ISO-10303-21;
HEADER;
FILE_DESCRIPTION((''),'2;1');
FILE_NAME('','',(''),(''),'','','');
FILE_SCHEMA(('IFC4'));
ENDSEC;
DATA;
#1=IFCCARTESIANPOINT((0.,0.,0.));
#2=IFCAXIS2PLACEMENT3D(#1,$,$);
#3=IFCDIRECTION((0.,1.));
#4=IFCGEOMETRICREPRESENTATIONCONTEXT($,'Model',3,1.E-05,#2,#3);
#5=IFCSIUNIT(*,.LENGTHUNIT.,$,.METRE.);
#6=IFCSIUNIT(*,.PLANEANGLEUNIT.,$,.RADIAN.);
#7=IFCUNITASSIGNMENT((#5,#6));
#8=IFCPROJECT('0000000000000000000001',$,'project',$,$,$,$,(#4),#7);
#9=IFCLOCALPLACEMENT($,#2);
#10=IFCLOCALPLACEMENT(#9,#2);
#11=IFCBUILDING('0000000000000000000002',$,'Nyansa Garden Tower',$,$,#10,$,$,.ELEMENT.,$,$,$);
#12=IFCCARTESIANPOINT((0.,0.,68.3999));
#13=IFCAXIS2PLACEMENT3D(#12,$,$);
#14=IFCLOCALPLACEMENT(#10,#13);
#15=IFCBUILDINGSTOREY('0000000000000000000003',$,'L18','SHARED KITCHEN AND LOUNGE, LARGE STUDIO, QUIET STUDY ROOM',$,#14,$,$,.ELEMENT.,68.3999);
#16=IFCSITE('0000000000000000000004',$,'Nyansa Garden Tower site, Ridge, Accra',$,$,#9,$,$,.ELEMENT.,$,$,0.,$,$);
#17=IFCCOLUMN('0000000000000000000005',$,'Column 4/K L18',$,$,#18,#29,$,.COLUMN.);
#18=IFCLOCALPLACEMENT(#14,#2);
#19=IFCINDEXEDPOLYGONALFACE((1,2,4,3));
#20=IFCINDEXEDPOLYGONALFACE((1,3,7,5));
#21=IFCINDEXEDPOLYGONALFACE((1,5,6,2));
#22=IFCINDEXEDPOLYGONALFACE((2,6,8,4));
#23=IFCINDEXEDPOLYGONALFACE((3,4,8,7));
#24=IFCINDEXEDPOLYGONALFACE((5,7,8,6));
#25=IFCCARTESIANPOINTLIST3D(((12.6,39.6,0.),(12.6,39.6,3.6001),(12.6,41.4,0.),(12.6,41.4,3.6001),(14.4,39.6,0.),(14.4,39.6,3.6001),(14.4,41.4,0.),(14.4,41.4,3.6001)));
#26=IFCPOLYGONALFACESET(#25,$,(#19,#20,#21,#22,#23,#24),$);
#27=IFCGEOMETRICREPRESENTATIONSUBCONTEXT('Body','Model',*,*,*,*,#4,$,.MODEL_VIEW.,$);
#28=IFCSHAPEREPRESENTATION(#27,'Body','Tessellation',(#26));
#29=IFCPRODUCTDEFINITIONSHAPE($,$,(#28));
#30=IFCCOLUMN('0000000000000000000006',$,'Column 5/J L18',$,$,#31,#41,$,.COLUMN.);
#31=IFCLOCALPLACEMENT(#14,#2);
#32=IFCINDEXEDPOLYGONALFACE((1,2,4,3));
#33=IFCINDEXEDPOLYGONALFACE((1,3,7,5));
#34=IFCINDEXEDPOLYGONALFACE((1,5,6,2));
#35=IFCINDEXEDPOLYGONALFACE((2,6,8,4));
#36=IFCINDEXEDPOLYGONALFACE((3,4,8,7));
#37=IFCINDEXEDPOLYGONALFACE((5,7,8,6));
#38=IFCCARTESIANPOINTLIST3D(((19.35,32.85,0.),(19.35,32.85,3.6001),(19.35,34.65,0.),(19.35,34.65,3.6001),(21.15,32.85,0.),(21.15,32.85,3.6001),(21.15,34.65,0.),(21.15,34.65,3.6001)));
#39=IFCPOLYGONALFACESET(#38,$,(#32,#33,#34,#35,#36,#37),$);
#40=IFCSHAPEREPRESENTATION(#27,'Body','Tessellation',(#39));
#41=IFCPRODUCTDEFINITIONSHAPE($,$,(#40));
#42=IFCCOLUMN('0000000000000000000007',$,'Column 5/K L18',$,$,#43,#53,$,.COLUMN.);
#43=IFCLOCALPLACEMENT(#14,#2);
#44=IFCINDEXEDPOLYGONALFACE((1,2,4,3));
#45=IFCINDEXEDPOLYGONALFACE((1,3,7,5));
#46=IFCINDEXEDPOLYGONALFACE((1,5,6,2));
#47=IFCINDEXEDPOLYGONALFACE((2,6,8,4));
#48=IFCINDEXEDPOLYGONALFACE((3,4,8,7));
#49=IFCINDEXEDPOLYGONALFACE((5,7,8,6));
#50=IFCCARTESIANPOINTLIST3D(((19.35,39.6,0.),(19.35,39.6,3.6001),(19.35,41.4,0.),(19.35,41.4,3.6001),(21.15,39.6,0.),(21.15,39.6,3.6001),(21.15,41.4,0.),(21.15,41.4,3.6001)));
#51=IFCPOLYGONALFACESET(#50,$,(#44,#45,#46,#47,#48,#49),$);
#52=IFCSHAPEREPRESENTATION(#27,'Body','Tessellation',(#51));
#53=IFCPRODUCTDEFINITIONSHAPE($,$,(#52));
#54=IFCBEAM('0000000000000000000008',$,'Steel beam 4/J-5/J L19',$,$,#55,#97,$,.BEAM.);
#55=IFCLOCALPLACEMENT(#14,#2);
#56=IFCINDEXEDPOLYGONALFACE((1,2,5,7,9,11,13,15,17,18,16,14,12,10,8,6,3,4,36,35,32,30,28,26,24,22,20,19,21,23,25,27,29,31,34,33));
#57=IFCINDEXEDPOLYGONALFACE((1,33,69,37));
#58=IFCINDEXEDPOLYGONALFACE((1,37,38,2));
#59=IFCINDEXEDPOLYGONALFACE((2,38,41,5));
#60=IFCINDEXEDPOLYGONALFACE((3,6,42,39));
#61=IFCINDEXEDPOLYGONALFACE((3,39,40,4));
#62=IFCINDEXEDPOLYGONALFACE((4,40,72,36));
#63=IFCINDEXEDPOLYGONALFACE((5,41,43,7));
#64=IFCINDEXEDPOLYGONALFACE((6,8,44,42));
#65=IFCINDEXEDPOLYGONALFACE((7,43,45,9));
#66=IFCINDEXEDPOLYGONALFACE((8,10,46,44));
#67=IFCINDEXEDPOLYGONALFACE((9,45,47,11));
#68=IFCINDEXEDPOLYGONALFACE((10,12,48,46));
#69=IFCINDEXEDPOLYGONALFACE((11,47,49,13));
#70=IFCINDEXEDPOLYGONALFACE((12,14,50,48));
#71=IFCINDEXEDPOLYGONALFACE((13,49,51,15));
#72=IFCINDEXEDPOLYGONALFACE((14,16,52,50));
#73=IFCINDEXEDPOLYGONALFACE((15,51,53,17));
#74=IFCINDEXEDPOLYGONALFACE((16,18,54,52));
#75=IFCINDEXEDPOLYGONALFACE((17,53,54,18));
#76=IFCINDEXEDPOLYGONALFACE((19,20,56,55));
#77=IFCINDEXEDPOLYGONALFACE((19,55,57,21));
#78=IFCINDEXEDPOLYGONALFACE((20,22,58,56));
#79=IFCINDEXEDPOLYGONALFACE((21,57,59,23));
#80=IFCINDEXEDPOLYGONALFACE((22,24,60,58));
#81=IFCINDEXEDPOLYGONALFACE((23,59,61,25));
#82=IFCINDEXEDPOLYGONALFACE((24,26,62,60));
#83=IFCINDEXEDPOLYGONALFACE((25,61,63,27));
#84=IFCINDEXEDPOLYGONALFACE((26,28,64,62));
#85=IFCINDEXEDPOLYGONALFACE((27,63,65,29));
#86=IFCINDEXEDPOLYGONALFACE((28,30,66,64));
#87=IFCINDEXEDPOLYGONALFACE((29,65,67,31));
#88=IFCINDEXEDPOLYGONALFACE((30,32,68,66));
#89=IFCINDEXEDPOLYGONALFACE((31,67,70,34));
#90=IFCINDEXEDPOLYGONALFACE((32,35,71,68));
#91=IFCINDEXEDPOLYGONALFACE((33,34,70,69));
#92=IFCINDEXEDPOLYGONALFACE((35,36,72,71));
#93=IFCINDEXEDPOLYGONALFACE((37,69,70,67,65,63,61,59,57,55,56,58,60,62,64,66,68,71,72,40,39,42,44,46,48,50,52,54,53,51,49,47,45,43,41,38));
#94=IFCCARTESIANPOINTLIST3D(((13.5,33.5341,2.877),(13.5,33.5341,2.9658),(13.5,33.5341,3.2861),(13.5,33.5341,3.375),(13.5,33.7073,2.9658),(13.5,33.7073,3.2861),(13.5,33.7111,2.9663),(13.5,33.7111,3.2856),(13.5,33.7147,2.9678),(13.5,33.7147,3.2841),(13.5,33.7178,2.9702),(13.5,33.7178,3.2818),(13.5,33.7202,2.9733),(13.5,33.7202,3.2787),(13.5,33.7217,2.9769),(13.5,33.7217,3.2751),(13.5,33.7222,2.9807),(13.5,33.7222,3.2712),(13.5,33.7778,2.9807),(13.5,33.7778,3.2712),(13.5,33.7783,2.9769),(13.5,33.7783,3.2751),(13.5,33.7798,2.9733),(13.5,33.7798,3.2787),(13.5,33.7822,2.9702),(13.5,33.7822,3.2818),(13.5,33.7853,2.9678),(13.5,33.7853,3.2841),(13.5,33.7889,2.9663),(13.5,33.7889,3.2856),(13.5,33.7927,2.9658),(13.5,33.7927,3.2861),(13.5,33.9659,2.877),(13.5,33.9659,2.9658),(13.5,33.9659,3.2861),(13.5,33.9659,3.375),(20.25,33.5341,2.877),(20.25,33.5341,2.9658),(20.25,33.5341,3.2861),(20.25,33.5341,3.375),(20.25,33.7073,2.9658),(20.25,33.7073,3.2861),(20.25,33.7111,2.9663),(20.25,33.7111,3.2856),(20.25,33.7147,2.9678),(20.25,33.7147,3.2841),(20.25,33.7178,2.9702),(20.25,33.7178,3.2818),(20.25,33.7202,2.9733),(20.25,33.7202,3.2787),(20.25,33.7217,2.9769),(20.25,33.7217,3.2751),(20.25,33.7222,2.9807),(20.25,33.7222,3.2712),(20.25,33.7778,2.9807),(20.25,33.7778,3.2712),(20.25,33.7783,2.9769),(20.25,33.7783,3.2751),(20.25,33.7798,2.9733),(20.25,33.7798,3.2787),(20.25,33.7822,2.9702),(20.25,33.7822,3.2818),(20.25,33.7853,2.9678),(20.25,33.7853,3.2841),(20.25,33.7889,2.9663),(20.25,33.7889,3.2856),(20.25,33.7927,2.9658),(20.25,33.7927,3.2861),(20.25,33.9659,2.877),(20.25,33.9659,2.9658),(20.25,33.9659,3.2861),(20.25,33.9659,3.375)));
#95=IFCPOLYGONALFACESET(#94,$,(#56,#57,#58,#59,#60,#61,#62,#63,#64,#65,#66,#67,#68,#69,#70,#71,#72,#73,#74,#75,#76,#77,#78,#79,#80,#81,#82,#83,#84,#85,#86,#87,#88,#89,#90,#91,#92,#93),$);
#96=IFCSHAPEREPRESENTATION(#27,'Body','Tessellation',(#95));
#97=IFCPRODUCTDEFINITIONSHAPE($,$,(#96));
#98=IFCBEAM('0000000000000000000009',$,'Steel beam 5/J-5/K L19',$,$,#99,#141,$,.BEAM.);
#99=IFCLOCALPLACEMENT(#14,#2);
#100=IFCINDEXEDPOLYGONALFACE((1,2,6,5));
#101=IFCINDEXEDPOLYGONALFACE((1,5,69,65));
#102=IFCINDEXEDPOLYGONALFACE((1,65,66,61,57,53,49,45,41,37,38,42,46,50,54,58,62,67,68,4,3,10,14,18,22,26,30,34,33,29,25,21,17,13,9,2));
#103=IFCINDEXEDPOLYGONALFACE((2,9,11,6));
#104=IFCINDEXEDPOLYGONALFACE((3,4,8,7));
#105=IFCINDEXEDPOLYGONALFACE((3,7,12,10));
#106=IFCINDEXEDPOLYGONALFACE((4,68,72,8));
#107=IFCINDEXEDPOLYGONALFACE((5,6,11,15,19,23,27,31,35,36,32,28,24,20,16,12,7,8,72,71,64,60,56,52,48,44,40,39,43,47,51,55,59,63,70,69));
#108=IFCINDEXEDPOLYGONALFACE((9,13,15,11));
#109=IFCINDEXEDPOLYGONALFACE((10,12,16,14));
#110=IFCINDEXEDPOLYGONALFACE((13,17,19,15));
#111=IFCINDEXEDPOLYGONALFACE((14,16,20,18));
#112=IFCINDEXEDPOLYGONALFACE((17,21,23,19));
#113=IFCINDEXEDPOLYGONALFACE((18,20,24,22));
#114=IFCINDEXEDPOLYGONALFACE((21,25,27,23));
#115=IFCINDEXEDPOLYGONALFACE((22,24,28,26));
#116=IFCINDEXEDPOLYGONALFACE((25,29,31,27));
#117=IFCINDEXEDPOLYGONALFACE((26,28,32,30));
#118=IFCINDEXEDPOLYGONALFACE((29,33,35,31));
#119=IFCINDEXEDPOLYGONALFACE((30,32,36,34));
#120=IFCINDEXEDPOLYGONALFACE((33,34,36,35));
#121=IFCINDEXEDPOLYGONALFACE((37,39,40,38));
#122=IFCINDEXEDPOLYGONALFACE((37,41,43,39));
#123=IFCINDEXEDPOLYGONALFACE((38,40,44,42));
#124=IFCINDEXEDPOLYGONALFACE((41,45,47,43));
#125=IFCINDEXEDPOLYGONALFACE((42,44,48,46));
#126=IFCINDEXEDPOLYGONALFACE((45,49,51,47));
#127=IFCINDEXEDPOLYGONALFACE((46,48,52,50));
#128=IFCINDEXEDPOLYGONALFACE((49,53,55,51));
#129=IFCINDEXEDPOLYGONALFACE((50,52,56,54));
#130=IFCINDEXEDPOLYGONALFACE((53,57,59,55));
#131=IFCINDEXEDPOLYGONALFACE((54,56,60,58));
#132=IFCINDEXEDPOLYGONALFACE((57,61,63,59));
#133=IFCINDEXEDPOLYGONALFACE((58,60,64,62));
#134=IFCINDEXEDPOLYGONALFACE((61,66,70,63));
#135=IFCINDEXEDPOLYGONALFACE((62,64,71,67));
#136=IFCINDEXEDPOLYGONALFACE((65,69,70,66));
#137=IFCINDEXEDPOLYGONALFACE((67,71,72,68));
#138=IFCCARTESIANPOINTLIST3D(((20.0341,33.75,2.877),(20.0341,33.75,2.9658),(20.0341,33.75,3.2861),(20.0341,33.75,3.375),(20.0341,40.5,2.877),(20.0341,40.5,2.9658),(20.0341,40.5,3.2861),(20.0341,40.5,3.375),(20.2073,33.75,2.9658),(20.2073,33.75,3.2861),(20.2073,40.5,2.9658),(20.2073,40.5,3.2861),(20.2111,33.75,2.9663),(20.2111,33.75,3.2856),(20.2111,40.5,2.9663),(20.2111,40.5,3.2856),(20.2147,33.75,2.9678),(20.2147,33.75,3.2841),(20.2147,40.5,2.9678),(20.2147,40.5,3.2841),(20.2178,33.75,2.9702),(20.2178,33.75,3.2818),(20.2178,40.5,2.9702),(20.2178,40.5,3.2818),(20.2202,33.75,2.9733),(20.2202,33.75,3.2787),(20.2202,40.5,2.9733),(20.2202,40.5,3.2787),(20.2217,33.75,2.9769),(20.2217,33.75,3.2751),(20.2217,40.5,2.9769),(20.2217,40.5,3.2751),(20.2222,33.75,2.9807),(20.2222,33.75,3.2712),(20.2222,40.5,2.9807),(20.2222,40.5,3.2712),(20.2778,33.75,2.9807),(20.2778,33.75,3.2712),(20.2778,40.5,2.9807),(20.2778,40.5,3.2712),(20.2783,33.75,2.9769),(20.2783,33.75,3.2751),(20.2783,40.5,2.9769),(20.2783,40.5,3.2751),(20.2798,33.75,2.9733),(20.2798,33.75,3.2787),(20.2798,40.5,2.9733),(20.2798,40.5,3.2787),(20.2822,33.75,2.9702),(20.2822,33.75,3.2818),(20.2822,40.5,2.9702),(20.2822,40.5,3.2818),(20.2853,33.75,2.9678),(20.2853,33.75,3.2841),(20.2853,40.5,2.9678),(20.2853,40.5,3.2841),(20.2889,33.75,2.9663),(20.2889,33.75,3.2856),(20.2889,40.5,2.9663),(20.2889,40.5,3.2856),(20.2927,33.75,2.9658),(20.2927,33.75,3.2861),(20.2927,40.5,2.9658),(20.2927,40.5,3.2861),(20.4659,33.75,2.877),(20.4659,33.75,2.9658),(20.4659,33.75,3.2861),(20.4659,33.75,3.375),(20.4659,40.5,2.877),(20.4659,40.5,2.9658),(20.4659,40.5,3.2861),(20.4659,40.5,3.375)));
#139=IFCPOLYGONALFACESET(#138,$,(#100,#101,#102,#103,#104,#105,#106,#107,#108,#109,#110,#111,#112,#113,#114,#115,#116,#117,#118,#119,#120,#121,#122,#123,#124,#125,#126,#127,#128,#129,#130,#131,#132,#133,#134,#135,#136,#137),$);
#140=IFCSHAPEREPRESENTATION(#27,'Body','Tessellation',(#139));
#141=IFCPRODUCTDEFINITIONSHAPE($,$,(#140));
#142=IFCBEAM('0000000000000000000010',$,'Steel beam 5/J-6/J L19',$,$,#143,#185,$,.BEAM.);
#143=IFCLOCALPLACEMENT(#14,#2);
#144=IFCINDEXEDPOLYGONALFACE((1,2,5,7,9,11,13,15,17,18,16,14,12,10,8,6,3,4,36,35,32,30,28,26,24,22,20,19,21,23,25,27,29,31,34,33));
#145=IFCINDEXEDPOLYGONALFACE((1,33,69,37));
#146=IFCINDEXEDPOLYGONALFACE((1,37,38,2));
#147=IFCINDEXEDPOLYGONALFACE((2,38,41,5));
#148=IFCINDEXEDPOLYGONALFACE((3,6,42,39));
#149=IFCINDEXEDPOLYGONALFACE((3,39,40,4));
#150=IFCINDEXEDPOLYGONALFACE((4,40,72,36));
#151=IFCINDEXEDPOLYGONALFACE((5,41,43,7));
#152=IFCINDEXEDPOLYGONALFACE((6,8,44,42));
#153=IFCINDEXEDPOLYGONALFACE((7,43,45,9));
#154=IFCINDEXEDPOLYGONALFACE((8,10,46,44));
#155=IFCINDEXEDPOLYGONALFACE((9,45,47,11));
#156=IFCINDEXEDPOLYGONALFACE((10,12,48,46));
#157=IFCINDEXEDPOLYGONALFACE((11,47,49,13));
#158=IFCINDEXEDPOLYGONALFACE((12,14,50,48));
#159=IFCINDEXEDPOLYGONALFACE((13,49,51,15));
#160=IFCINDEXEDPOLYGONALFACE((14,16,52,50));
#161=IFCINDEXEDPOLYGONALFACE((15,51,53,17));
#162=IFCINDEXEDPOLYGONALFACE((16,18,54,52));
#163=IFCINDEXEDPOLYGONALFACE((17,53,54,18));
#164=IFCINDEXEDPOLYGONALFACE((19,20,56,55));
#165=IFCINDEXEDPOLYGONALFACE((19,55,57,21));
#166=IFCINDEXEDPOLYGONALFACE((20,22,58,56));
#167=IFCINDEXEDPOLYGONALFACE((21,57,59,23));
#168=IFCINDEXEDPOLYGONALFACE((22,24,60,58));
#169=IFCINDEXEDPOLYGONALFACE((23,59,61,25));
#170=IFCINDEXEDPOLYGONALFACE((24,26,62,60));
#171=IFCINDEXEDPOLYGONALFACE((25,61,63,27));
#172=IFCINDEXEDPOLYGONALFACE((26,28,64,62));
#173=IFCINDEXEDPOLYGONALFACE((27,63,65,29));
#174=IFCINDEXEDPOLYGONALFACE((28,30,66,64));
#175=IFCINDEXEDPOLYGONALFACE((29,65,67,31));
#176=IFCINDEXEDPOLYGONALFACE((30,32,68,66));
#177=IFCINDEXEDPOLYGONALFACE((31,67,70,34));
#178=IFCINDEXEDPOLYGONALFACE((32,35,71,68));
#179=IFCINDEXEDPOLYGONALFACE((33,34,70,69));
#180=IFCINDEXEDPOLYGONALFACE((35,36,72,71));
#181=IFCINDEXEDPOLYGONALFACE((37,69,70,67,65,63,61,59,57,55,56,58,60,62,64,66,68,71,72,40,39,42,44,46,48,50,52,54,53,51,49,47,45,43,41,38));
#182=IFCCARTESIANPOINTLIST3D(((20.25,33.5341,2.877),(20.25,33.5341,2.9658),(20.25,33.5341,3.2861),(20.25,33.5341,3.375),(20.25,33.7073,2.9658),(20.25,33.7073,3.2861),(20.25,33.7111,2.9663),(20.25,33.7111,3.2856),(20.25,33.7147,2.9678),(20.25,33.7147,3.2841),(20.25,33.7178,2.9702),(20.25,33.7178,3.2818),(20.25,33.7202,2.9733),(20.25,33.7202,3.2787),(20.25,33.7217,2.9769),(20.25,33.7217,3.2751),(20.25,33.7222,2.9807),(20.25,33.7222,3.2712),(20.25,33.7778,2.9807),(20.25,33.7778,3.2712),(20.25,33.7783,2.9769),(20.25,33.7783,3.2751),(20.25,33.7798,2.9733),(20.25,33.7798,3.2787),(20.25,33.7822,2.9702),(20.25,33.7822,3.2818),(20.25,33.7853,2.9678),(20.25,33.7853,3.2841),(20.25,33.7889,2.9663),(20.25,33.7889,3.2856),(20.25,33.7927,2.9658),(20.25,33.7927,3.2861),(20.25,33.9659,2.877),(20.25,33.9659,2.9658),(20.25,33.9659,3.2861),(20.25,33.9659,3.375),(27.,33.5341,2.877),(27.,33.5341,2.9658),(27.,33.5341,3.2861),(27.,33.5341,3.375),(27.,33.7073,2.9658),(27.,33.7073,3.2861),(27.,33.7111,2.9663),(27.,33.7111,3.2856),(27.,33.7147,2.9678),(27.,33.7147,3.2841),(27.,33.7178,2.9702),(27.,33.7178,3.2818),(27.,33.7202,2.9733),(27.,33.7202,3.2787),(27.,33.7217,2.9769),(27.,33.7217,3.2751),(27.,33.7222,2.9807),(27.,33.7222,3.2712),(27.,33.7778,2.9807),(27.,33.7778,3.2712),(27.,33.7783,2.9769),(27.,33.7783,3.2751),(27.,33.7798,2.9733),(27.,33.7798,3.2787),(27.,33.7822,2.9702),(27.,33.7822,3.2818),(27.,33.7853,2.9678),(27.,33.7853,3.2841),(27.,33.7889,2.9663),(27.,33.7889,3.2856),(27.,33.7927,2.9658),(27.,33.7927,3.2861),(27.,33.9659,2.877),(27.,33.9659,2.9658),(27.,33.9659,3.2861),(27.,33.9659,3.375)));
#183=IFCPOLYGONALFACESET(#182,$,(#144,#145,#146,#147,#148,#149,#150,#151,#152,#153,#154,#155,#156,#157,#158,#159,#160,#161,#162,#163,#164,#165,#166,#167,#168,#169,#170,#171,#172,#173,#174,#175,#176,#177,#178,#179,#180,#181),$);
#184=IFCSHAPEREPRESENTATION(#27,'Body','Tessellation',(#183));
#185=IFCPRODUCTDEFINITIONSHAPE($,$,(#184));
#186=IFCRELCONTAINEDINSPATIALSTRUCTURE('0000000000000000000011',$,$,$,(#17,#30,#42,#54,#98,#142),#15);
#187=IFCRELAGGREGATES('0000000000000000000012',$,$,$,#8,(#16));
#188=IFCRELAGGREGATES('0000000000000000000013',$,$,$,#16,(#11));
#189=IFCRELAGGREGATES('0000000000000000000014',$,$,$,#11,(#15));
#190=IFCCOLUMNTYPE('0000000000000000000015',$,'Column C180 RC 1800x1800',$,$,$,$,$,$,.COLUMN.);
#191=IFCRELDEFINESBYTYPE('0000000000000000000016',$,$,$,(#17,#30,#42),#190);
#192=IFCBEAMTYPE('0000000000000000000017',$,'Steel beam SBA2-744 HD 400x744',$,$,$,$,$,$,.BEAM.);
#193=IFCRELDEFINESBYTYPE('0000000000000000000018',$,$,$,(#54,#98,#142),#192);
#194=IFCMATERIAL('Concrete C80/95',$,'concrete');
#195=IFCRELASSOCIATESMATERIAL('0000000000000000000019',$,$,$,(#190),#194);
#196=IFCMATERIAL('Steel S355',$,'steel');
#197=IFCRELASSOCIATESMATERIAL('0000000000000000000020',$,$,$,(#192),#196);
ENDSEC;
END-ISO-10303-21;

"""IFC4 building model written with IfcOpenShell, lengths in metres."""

from ifc_helpers import new_model, si_unit, direction, frame, origin, origin_2d, place, context, subcontext, project, spatial, rectangle, i_section, extrude, material, material_profile, profile_set, type_object, element, save


model = new_model("IFC4")

# Units and contexts
model_context = context("Model", 3, precision=1e-05, world=origin(), true_north=direction((0.0, 1.0)))
body_context = subcontext(model_context, "Body", "Model", "MODEL_VIEW")
ifc_project = project(units=[si_unit("LENGTHUNIT", "METRE"), si_unit("PLANEANGLEUNIT", "RADIAN")], contexts=[model_context])

# Site, building, storey
site_placement = place(None, origin())
site = spatial("IfcSite", under=ifc_project, at=site_placement, Name="Nyansa Garden Tower site, Ridge, Accra", CompositionType="ELEMENT", RefElevation=0.0)
building_placement = place(site_placement, origin())
building = spatial("IfcBuilding", under=site, at=building_placement, Name="Nyansa Garden Tower", CompositionType="ELEMENT")
storey_placement = place(building_placement, frame((0.0, 0.0, 68.3999)))
storey = spatial("IfcBuildingStorey", under=building, at=storey_placement, Name="L18", Description="SHARED KITCHEN AND LOUNGE, LARGE STUDIO, QUIET STUDY ROOM", CompositionType="ELEMENT", Elevation=68.3999)

# Columns
ifc_material_1 = material(Name="Concrete C80/95", Category="concrete")
ifc_material_profile_1 = material_profile(ifc_material_1, rectangle(XDim=1.8, YDim=1.8, at=origin_2d()), Name="RC 1800x1800")
ifc_profile_set_1 = profile_set([ifc_material_profile_1], Name="Concrete C80/95")
column_type = type_object("IfcColumnType", Name="Column C180 RC 1800x1800", PredefinedType="COLUMN", material=ifc_profile_set_1)
for number, where, z_axis, x_axis, name in (
    (1, (13.5, 40.5, 0.0), (0.0, 0.0, 1.0), (1.0, 0.0, 0.0), "Column 4/K L18"),
    (2, (20.25, 33.75, 0.0), (0.0, 0.0, 1.0), (1.0, 0.0, 0.0), "Column 5/J L18"),
    (3, (20.25, 40.5, 0.0), (0.0, 0.0, 1.0), (1.0, 0.0, 0.0), "Column 5/K L18"),
):
    element("IfcColumn", number, at=place(storey_placement, frame(where, z_axis=z_axis, x_axis=x_axis)), inside=storey, type_object=column_type, Name=name, PredefinedType="COLUMN", context=body_context, shape_type="SweptSolid", body=[
        extrude(rectangle(XDim=1.8, YDim=1.8, at=origin_2d()), origin(), (0.0, 0.0, 1.0), 3.6001),
    ])

# Beams
ifc_material_2 = material(Name="Steel S355", Category="steel")
ifc_material_profile_2 = material_profile(ifc_material_2, i_section(OverallWidth=0.4319, OverallDepth=0.498, WebThickness=0.0557, FlangeThickness=0.0889, FilletRadius=0.0149, at=origin_2d()), Name="HD 400x744")
ifc_profile_set_2 = profile_set([ifc_material_profile_2], Name="Steel S355")
beam_type_1 = type_object("IfcBeamType", Name="Steel beam SBA2-744 HD 400x744", PredefinedType="BEAM", material=ifc_profile_set_2)
for number, where, z_axis, x_axis, name in (
    (4, (13.5, 33.75, 3.126), (1.0, 0.0, 0.0), (0.0, 1.0, 0.0), "Steel beam 4/J-5/J L19"),
    (5, (20.25, 33.75, 3.126), (0.0, 1.0, 0.0), (-1.0, 0.0, 0.0), "Steel beam 5/J-5/K L19"),
    (6, (20.25, 33.75, 3.126), (1.0, 0.0, 0.0), (0.0, 1.0, 0.0), "Steel beam 5/J-6/J L19"),
):
    element("IfcBeam", number, at=place(storey_placement, frame(where, z_axis=z_axis, x_axis=x_axis)), inside=storey, type_object=beam_type_1, Name=name, PredefinedType="BEAM", context=body_context, shape_type="SweptSolid", body=[
        extrude(i_section(OverallWidth=0.4319, OverallDepth=0.498, WebThickness=0.0557, FlangeThickness=0.0889, FilletRadius=0.0149, at=origin_2d()), origin(), (0.0, 0.0, 1.0), 6.75),
    ])

save(model, "model.ifc")
